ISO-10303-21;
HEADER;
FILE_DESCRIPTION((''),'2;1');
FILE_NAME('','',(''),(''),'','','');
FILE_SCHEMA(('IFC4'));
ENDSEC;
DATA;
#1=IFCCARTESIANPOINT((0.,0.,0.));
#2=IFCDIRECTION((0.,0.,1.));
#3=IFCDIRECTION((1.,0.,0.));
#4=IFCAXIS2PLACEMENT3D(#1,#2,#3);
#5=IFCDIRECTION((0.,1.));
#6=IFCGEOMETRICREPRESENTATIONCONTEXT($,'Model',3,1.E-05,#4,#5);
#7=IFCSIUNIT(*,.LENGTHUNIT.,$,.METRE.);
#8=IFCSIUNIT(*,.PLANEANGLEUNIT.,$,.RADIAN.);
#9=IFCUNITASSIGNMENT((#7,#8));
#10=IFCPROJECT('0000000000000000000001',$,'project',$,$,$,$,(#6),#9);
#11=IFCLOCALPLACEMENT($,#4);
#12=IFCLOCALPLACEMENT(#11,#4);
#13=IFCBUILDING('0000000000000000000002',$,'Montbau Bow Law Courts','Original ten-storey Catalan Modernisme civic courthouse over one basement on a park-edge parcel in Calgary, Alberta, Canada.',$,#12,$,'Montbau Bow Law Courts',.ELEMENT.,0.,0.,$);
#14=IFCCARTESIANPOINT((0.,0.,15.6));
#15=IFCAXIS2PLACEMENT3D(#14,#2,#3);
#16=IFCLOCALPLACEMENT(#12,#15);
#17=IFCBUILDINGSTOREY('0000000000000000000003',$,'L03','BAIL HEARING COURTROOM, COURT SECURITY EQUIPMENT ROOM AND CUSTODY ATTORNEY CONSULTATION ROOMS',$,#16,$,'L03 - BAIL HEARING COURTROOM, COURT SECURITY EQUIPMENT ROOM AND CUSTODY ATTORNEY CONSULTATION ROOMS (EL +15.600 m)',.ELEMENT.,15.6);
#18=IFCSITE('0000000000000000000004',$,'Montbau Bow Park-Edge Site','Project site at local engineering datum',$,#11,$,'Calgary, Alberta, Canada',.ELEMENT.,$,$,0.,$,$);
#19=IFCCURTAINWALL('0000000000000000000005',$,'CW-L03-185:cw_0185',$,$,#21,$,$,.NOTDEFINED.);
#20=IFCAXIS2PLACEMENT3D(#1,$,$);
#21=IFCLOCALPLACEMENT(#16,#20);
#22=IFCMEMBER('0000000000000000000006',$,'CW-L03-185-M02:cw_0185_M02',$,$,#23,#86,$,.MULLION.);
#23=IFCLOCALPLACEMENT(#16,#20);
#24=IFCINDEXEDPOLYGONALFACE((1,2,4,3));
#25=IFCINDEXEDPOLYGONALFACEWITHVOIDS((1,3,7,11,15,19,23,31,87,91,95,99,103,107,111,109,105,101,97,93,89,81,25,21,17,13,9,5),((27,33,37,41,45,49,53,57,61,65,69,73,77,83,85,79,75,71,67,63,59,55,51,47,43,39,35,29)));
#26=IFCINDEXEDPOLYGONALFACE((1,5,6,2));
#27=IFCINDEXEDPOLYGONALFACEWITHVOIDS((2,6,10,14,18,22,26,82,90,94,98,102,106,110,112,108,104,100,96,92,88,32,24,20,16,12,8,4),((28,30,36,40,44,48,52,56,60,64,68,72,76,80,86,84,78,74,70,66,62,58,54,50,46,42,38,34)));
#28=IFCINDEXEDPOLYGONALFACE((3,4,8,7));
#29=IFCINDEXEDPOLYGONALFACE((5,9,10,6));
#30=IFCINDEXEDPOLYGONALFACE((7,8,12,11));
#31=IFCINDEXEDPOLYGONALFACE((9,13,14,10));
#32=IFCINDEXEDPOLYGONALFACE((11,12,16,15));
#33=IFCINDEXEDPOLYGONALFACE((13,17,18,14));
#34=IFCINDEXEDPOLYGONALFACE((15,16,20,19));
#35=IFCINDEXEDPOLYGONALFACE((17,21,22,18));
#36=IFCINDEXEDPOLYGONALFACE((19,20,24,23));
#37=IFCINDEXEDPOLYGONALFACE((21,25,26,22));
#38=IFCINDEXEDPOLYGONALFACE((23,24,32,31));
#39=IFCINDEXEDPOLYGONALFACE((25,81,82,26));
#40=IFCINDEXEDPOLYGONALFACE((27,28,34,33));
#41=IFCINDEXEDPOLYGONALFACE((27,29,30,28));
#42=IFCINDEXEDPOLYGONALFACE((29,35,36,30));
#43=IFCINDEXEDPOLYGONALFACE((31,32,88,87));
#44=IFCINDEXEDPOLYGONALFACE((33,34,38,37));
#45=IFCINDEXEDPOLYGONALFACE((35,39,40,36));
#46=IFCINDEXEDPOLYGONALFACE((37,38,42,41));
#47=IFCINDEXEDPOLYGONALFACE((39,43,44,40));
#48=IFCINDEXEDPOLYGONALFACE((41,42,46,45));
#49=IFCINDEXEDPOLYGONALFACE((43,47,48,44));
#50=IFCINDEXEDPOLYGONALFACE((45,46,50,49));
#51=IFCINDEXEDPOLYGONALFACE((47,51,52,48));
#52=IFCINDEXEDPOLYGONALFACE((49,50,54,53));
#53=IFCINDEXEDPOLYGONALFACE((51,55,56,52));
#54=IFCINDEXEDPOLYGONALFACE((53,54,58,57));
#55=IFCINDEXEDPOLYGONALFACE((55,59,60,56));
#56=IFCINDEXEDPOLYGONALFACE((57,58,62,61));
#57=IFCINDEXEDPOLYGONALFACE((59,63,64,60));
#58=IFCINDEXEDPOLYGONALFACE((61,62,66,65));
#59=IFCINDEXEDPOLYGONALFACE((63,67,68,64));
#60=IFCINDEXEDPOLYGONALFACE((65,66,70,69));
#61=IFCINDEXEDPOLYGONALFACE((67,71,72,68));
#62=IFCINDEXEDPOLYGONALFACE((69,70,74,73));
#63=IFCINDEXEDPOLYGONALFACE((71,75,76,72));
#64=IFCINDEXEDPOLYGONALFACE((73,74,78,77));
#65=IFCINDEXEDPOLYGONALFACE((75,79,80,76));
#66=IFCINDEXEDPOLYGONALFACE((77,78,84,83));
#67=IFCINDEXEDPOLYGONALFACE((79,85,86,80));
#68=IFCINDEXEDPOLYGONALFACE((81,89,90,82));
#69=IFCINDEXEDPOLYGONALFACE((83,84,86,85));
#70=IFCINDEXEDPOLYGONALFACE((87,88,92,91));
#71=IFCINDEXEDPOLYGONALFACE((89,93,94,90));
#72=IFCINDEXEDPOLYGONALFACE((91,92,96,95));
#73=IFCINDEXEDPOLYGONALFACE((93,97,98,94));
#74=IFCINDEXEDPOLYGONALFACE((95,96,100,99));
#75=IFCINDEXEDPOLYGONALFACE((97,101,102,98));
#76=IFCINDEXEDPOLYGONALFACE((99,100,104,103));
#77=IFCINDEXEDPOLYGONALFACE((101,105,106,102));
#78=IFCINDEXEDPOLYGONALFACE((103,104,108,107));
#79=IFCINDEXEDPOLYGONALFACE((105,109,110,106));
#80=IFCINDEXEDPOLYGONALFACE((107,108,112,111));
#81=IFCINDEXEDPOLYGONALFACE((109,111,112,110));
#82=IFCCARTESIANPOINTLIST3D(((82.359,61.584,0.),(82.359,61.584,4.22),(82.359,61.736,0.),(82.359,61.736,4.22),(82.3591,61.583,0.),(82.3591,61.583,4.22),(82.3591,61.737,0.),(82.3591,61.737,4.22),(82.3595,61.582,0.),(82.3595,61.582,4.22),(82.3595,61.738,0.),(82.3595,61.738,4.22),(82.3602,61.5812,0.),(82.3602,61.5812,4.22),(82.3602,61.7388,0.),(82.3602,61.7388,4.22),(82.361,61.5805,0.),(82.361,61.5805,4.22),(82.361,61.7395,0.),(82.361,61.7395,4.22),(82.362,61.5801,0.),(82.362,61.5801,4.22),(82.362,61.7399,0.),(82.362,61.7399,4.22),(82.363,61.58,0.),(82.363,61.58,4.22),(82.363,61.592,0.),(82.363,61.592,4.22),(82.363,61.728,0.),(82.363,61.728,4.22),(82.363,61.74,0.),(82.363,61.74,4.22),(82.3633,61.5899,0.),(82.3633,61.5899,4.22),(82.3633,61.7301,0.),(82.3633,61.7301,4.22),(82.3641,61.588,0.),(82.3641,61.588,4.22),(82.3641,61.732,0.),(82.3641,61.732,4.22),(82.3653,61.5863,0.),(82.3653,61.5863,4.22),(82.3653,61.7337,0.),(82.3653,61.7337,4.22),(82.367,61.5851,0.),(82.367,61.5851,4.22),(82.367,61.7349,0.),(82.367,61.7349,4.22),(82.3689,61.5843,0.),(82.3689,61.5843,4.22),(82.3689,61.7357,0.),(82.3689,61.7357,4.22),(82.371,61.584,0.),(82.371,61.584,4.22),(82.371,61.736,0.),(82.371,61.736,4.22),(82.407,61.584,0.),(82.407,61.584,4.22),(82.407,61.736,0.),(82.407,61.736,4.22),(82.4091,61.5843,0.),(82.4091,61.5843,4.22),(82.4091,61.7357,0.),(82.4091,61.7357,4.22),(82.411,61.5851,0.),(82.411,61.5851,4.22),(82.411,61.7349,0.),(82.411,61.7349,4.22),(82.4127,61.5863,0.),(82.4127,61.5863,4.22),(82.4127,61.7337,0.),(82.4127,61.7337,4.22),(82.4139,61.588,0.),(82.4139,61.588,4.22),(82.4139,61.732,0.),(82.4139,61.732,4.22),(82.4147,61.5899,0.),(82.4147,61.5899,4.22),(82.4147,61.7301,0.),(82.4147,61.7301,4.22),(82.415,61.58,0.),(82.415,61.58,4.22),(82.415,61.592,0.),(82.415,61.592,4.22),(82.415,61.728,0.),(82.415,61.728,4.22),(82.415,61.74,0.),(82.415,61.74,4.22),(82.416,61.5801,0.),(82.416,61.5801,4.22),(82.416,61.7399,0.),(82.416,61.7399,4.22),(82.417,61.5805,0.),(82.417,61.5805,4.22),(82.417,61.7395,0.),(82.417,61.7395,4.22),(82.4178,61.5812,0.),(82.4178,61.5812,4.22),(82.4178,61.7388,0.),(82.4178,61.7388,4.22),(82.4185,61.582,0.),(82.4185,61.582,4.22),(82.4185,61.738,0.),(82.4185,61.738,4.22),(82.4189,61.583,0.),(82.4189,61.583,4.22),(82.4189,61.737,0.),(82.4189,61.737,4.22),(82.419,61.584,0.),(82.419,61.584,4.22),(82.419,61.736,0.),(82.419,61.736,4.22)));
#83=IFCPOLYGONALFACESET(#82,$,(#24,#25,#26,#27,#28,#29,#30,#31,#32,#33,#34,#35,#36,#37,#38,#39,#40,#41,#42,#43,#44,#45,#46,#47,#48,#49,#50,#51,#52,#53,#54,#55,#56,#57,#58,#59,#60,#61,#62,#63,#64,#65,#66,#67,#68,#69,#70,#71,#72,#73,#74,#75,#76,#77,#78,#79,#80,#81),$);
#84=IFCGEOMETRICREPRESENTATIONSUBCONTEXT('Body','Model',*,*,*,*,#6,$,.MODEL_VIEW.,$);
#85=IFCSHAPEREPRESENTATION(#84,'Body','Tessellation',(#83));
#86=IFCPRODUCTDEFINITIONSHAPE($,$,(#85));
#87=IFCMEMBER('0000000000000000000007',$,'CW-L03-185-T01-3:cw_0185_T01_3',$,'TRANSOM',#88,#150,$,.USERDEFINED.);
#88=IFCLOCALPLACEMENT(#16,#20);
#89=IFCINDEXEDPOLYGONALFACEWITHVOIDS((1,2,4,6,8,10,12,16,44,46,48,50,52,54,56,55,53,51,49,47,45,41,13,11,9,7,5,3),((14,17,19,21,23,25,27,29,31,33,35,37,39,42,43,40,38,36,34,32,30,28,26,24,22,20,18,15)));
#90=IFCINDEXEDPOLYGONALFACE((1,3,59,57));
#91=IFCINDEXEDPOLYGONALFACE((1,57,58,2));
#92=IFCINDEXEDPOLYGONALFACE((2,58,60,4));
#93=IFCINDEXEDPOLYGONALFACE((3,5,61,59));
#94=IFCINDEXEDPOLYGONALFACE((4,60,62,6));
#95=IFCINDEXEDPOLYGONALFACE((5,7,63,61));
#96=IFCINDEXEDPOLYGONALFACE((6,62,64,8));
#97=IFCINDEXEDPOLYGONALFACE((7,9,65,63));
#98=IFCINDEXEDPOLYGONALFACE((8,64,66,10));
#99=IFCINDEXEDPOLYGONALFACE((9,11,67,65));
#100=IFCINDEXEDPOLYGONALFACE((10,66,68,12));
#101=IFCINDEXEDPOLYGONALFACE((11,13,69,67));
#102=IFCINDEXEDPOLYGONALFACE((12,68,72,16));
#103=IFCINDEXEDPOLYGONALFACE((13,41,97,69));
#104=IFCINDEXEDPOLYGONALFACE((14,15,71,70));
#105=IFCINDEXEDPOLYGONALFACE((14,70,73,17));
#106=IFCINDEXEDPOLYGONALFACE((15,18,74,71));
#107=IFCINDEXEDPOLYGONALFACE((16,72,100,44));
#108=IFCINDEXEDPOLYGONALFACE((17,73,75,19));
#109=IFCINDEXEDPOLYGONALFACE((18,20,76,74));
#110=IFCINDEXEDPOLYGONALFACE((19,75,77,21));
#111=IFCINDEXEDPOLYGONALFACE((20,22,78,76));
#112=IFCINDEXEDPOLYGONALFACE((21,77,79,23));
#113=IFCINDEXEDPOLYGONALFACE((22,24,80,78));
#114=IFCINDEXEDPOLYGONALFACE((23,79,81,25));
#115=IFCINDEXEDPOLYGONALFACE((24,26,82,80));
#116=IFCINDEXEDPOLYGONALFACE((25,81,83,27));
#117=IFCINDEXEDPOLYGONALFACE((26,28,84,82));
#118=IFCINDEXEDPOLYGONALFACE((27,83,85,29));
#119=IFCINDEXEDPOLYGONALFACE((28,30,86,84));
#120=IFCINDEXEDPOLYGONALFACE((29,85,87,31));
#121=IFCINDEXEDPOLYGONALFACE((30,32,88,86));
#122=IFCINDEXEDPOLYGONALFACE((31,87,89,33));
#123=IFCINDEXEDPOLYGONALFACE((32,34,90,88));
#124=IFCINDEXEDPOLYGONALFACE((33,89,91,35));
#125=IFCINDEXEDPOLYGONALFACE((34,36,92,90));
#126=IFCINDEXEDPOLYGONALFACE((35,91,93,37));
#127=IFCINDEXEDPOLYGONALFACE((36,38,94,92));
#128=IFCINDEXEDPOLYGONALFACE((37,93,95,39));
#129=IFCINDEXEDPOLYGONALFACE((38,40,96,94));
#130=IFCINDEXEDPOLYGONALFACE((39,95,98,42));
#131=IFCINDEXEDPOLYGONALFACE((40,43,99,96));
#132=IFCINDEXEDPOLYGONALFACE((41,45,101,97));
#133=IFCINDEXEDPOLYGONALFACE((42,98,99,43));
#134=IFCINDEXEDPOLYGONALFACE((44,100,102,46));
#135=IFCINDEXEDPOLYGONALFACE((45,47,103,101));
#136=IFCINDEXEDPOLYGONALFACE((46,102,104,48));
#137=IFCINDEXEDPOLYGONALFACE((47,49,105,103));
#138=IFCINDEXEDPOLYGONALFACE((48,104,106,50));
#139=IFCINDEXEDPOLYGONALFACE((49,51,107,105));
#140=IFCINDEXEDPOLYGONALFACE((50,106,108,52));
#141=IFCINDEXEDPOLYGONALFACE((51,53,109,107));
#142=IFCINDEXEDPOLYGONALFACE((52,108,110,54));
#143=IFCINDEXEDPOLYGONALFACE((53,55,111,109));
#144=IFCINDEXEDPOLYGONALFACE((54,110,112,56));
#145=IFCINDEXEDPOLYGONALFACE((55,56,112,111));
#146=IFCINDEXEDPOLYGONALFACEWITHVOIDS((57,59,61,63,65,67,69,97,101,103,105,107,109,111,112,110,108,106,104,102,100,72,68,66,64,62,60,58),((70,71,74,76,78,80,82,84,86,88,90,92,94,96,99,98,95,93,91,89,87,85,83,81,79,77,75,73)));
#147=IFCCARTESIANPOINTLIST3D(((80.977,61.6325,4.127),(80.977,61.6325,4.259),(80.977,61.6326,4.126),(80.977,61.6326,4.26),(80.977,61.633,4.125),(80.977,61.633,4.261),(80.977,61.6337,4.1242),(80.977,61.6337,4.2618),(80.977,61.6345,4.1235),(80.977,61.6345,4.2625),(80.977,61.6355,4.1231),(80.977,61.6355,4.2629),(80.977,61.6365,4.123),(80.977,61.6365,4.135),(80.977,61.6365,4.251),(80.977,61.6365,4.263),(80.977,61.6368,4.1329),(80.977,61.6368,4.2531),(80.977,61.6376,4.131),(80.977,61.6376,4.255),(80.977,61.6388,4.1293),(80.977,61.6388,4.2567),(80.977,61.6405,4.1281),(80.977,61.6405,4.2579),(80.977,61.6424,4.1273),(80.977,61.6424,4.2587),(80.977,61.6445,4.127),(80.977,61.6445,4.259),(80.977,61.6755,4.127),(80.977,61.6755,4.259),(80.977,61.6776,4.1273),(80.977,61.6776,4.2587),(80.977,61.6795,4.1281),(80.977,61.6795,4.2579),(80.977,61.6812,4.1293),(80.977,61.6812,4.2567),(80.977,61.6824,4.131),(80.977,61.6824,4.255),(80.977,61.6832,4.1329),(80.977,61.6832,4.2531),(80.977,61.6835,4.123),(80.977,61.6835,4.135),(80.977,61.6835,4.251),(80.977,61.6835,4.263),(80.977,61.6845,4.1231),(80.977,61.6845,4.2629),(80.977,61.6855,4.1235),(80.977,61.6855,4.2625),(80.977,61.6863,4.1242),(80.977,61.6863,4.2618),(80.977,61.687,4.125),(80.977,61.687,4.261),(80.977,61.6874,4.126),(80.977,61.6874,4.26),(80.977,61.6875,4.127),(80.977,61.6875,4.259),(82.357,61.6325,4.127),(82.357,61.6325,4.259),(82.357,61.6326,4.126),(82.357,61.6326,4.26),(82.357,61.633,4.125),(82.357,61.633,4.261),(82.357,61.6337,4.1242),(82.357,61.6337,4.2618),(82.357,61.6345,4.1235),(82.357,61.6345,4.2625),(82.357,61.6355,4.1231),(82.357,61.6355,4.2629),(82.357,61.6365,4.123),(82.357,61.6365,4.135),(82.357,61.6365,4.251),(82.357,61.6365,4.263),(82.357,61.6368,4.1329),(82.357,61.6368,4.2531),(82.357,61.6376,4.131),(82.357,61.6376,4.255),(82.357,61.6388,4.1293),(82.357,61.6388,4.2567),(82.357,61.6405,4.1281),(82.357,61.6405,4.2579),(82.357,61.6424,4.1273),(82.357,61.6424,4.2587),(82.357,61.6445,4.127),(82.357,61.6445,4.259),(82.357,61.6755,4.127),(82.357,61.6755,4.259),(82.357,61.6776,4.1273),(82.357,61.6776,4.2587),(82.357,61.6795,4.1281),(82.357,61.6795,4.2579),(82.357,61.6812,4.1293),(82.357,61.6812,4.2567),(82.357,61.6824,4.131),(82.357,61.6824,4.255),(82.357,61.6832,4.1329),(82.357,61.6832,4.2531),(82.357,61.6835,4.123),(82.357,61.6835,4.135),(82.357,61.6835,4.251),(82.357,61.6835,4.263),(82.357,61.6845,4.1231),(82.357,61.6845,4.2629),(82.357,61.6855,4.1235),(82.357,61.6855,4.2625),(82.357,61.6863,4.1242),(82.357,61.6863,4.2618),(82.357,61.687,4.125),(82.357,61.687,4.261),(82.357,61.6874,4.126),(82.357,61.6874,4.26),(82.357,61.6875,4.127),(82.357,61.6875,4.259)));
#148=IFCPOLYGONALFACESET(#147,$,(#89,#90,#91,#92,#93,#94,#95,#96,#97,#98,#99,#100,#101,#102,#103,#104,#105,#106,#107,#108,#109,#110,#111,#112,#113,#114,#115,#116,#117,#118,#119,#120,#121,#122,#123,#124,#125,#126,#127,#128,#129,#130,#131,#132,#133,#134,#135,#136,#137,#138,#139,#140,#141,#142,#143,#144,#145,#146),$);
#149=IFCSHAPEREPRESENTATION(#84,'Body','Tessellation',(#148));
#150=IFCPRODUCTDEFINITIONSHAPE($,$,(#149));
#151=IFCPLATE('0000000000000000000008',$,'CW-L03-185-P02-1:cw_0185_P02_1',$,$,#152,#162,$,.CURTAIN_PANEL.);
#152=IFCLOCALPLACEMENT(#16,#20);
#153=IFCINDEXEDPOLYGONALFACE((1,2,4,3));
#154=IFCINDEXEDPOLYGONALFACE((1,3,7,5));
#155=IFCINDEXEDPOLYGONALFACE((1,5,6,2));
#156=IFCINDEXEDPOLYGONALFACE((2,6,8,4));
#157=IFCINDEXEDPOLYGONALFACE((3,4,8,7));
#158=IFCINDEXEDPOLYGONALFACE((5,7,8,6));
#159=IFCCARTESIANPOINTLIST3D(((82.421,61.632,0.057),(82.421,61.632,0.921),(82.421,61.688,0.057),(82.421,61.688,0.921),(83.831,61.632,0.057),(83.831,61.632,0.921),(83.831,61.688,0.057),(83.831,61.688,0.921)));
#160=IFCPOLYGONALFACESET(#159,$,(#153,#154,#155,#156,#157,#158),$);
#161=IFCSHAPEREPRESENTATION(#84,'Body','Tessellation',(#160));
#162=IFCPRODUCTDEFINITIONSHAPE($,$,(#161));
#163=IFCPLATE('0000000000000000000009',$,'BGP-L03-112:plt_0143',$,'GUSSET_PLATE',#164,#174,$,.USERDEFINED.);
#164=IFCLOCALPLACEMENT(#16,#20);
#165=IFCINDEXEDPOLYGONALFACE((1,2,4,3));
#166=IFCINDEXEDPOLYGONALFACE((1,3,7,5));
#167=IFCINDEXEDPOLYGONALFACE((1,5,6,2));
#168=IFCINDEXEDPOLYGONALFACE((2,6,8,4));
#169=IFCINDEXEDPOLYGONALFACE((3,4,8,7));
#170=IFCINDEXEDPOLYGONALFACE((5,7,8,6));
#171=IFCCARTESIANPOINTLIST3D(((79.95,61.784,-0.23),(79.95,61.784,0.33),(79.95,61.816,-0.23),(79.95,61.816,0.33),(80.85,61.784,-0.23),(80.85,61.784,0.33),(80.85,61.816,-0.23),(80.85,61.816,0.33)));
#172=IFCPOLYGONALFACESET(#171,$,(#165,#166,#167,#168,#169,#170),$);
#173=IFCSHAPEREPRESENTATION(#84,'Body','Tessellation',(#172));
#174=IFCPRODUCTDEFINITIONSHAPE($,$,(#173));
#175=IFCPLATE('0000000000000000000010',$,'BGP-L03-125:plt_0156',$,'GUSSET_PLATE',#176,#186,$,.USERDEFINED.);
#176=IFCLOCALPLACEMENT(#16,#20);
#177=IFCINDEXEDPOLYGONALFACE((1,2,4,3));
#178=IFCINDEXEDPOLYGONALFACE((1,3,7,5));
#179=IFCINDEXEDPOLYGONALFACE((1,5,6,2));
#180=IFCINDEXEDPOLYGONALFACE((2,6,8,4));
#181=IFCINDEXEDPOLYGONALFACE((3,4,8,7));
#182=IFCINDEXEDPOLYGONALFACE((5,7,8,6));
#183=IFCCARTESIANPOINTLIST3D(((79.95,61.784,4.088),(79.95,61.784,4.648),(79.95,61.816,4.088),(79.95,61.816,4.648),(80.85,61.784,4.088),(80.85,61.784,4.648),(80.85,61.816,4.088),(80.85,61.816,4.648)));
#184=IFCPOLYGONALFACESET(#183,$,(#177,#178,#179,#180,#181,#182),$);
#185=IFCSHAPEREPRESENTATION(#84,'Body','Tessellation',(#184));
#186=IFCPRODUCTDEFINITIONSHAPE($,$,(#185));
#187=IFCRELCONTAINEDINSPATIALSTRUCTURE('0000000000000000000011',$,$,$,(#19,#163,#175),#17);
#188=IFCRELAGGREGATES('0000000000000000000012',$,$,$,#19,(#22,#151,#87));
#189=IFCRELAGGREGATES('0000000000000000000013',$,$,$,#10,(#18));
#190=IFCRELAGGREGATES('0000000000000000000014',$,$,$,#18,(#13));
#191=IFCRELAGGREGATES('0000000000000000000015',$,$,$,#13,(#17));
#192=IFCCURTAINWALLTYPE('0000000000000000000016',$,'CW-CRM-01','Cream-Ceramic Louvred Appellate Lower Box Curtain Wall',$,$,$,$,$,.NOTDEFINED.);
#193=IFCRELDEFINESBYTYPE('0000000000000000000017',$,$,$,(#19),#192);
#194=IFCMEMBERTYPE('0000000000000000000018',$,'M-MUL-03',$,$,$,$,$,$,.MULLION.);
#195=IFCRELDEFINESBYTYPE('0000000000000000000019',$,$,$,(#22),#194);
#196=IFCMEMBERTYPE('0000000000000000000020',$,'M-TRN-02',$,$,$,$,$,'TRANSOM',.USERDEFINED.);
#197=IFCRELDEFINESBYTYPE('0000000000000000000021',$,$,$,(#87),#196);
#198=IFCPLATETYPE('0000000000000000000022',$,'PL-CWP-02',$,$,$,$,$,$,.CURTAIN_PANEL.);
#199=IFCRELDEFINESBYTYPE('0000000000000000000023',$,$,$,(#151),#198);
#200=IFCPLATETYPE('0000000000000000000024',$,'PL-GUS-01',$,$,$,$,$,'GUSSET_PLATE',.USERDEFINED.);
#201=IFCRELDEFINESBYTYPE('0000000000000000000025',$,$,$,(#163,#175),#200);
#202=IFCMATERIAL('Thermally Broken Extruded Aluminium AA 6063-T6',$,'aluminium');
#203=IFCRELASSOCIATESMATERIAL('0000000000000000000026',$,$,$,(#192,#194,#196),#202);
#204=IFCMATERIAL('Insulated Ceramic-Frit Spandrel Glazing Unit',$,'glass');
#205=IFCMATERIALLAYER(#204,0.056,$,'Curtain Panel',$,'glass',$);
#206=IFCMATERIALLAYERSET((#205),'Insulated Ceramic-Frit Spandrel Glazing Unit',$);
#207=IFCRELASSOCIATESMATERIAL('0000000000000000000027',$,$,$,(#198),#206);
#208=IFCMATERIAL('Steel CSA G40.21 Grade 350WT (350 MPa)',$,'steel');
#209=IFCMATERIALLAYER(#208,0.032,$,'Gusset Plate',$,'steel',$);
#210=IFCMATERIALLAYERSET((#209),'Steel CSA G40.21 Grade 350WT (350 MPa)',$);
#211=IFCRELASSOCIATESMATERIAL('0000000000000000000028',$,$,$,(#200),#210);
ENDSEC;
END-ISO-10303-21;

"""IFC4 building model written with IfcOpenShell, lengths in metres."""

from ifc_helpers import new_model, si_unit, direction, frame, frame_2d, origin_with_axes, origin_2d_with_axis, place, context, subcontext, project, spatial, rectangle, hollow_rectangle, extrude, material, layer, layer_set, material_profile, profile_set, type_object, element, aggregate, save


model = new_model("IFC4")

# Units and contexts
model_context = context("Model", 3, precision=1e-05, world=origin_with_axes(), true_north=direction((0.0, 1.0)))
body_context = subcontext(model_context, "Body", "Model", "MODEL_VIEW")
ifc_project = project(units=[si_unit("LENGTHUNIT", "METRE"), si_unit("PLANEANGLEUNIT", "RADIAN")], contexts=[model_context])

# Site, building, storey
site_placement = place(None, origin_with_axes())
site = spatial("IfcSite", under=ifc_project, at=site_placement, Name="Montbau Bow Park-Edge Site", Description="Project site at local engineering datum", LongName="Calgary, Alberta, Canada", CompositionType="ELEMENT", RefElevation=0.0)
building_placement = place(site_placement, origin_with_axes())
building = spatial("IfcBuilding", under=site, at=building_placement, Name="Montbau Bow Law Courts", Description="Original ten-storey Catalan Modernisme civic courthouse over one basement on a park-edge parcel in Calgary, Alberta, Canada.", LongName="Montbau Bow Law Courts", CompositionType="ELEMENT", ElevationOfRefHeight=0.0, ElevationOfTerrain=0.0)
storey_placement = place(building_placement, frame((0.0, 0.0, 15.6), z_axis=(0.0, 0.0, 1.0), x_axis=(1.0, 0.0, 0.0)))
storey = spatial("IfcBuildingStorey", under=building, at=storey_placement, Name="L03", Description="BAIL HEARING COURTROOM, COURT SECURITY EQUIPMENT ROOM AND CUSTODY ATTORNEY CONSULTATION ROOMS", LongName="L03 - BAIL HEARING COURTROOM, COURT SECURITY EQUIPMENT ROOM AND CUSTODY ATTORNEY CONSULTATION ROOMS (EL +15.600 m)", CompositionType="ELEMENT", Elevation=15.6)

# Shared definitions
ifc_material_1 = material(Name="Steel CSA G40.21 Grade 350WT (350 MPa)", Category="steel")

# Curtain wall, members, plate
ifc_material_2 = material(Name="Thermally Broken Extruded Aluminium AA 6063-T6", Category="aluminium")
curtain_wall_type = type_object("IfcCurtainWallType", Name="CW-CRM-01", Description="Cream-Ceramic Louvred Appellate Lower Box Curtain Wall", PredefinedType="NOTDEFINED", material=ifc_material_2)
curtain_wall_placement = place(None, frame((80.915, 61.66, 15.6), z_axis=(0.0, 0.0, 1.0), x_axis=(1.0, 0.0, 0.0)))
curtain_wall = element("IfcCurtainWall", 1, at=curtain_wall_placement, inside=storey, type_object=curtain_wall_type, Name="CW-L03-185:cw_0185", PredefinedType="NOTDEFINED")
ifc_material_profile_1 = material_profile(ifc_material_2, hollow_rectangle(XDim=0.06, YDim=0.16, WallThickness=0.004, InnerFilletRadius=0.008, OuterFilletRadius=0.004, at=origin_2d_with_axis()), Name="CWM-160X60", Category="Main", Priority=0)
ifc_profile_set_1 = profile_set([ifc_material_profile_1], Name="Thermally Broken Extruded Aluminium AA 6063-T6")
member_type_1 = type_object("IfcMemberType", Name="M-MUL-03", PredefinedType="MULLION", material=ifc_profile_set_1)
member_1_placement = place(None, frame((82.389, 61.66, 15.6), z_axis=(0.0, 0.0, 1.0), x_axis=(1.0, 0.0, 0.0)))
member_1 = element("IfcMember", 2, at=member_1_placement, type_object=member_type_1, Name="CW-L03-185-M02:cw_0185_M02", PredefinedType="MULLION", context=body_context, shape_type="SweptSolid", body=[
    extrude(hollow_rectangle(XDim=0.06, YDim=0.16, WallThickness=0.004, InnerFilletRadius=0.008, OuterFilletRadius=0.004, at=origin_2d_with_axis()), origin_with_axes(), (0.0, 0.0, 1.0), 4.22),
])
ifc_material_profile_2 = material_profile(ifc_material_2, hollow_rectangle(XDim=0.055, YDim=0.14, WallThickness=0.004, InnerFilletRadius=0.008, OuterFilletRadius=0.004, at=origin_2d_with_axis()), Name="CWT-140X55", Category="Main", Priority=0)
ifc_profile_set_2 = profile_set([ifc_material_profile_2], Name="Thermally Broken Extruded Aluminium AA 6063-T6")
member_type_2 = type_object("IfcMemberType", Name="M-TRN-02", ElementType="TRANSOM", PredefinedType="USERDEFINED", material=ifc_profile_set_2)
member_2_placement = place(None, frame((80.977, 61.66, 19.793), z_axis=(1.0, 0.0, 0.0), x_axis=(0.0, 1.0, 0.0)))
member_2 = element("IfcMember", 3, at=member_2_placement, type_object=member_type_2, Name="CW-L03-185-T01-3:cw_0185_T01_3", ObjectType="TRANSOM", PredefinedType="USERDEFINED", context=body_context, shape_type="SweptSolid", body=[
    extrude(hollow_rectangle(XDim=0.055, YDim=0.14, WallThickness=0.004, InnerFilletRadius=0.008, OuterFilletRadius=0.004, at=origin_2d_with_axis()), origin_with_axes(), (0.0, 0.0, 1.0), 1.38),
])
ifc_material_3 = material(Name="Insulated Ceramic-Frit Spandrel Glazing Unit", Category="glass")
ifc_layer_1 = layer(ifc_material_3, 0.056, Name="Curtain Panel", Category="glass")
ifc_layer_set_1 = layer_set([ifc_layer_1], Name="Insulated Ceramic-Frit Spandrel Glazing Unit")
plate_type_1 = type_object("IfcPlateType", Name="PL-CWP-02", PredefinedType="CURTAIN_PANEL", material=ifc_layer_set_1)
plate_placement = place(None, frame((82.421, 61.66, 15.657), z_axis=(0.0, -1.0, 0.0), x_axis=(1.0, 0.0, 0.0)))
plate = element("IfcPlate", 4, at=plate_placement, type_object=plate_type_1, Name="CW-L03-185-P02-1:cw_0185_P02_1", PredefinedType="CURTAIN_PANEL", context=body_context, shape_type="SweptSolid", body=[
    extrude(rectangle(XDim=1.41, YDim=0.864, at=frame_2d((0.705, 0.432), x_axis=(1.0, 0.0))), frame((0.0, 0.0, -0.028), z_axis=(0.0, 0.0, 1.0), x_axis=(1.0, 0.0, 0.0)), (0.0, 0.0, 1.0), 0.056),
])
aggregate(curtain_wall, [member_1, plate, member_2])

# Plates
ifc_layer_2 = layer(ifc_material_1, 0.032, Name="Gusset Plate", Category="steel")
ifc_layer_set_2 = layer_set([ifc_layer_2], Name="Steel CSA G40.21 Grade 350WT (350 MPa)")
plate_type_2 = type_object("IfcPlateType", Name="PL-GUS-01", ElementType="GUSSET_PLATE", PredefinedType="USERDEFINED", material=ifc_layer_set_2)
for number, where, z_axis, x_axis, name in (
    (5, (80.4, 61.8, 15.37), (0.0, 0.0, 1.0), (1.0, 0.0, 0.0), "BGP-L03-112:plt_0143"),
    (6, (80.4, 61.8, 19.688), (0.0, 0.0, 1.0), (1.0, 0.0, 0.0), "BGP-L03-125:plt_0156"),
):
    element("IfcPlate", number, at=place(None, frame(where, z_axis=z_axis, x_axis=x_axis)), inside=storey, type_object=plate_type_2, Name=name, ObjectType="GUSSET_PLATE", PredefinedType="USERDEFINED", context=body_context, shape_type="SweptSolid", body=[
        extrude(rectangle(XDim=0.9, YDim=0.032, at=origin_2d_with_axis()), origin_with_axes(), (0.0, 0.0, 1.0), 0.56),
    ])

save(model, "model.ifc")
